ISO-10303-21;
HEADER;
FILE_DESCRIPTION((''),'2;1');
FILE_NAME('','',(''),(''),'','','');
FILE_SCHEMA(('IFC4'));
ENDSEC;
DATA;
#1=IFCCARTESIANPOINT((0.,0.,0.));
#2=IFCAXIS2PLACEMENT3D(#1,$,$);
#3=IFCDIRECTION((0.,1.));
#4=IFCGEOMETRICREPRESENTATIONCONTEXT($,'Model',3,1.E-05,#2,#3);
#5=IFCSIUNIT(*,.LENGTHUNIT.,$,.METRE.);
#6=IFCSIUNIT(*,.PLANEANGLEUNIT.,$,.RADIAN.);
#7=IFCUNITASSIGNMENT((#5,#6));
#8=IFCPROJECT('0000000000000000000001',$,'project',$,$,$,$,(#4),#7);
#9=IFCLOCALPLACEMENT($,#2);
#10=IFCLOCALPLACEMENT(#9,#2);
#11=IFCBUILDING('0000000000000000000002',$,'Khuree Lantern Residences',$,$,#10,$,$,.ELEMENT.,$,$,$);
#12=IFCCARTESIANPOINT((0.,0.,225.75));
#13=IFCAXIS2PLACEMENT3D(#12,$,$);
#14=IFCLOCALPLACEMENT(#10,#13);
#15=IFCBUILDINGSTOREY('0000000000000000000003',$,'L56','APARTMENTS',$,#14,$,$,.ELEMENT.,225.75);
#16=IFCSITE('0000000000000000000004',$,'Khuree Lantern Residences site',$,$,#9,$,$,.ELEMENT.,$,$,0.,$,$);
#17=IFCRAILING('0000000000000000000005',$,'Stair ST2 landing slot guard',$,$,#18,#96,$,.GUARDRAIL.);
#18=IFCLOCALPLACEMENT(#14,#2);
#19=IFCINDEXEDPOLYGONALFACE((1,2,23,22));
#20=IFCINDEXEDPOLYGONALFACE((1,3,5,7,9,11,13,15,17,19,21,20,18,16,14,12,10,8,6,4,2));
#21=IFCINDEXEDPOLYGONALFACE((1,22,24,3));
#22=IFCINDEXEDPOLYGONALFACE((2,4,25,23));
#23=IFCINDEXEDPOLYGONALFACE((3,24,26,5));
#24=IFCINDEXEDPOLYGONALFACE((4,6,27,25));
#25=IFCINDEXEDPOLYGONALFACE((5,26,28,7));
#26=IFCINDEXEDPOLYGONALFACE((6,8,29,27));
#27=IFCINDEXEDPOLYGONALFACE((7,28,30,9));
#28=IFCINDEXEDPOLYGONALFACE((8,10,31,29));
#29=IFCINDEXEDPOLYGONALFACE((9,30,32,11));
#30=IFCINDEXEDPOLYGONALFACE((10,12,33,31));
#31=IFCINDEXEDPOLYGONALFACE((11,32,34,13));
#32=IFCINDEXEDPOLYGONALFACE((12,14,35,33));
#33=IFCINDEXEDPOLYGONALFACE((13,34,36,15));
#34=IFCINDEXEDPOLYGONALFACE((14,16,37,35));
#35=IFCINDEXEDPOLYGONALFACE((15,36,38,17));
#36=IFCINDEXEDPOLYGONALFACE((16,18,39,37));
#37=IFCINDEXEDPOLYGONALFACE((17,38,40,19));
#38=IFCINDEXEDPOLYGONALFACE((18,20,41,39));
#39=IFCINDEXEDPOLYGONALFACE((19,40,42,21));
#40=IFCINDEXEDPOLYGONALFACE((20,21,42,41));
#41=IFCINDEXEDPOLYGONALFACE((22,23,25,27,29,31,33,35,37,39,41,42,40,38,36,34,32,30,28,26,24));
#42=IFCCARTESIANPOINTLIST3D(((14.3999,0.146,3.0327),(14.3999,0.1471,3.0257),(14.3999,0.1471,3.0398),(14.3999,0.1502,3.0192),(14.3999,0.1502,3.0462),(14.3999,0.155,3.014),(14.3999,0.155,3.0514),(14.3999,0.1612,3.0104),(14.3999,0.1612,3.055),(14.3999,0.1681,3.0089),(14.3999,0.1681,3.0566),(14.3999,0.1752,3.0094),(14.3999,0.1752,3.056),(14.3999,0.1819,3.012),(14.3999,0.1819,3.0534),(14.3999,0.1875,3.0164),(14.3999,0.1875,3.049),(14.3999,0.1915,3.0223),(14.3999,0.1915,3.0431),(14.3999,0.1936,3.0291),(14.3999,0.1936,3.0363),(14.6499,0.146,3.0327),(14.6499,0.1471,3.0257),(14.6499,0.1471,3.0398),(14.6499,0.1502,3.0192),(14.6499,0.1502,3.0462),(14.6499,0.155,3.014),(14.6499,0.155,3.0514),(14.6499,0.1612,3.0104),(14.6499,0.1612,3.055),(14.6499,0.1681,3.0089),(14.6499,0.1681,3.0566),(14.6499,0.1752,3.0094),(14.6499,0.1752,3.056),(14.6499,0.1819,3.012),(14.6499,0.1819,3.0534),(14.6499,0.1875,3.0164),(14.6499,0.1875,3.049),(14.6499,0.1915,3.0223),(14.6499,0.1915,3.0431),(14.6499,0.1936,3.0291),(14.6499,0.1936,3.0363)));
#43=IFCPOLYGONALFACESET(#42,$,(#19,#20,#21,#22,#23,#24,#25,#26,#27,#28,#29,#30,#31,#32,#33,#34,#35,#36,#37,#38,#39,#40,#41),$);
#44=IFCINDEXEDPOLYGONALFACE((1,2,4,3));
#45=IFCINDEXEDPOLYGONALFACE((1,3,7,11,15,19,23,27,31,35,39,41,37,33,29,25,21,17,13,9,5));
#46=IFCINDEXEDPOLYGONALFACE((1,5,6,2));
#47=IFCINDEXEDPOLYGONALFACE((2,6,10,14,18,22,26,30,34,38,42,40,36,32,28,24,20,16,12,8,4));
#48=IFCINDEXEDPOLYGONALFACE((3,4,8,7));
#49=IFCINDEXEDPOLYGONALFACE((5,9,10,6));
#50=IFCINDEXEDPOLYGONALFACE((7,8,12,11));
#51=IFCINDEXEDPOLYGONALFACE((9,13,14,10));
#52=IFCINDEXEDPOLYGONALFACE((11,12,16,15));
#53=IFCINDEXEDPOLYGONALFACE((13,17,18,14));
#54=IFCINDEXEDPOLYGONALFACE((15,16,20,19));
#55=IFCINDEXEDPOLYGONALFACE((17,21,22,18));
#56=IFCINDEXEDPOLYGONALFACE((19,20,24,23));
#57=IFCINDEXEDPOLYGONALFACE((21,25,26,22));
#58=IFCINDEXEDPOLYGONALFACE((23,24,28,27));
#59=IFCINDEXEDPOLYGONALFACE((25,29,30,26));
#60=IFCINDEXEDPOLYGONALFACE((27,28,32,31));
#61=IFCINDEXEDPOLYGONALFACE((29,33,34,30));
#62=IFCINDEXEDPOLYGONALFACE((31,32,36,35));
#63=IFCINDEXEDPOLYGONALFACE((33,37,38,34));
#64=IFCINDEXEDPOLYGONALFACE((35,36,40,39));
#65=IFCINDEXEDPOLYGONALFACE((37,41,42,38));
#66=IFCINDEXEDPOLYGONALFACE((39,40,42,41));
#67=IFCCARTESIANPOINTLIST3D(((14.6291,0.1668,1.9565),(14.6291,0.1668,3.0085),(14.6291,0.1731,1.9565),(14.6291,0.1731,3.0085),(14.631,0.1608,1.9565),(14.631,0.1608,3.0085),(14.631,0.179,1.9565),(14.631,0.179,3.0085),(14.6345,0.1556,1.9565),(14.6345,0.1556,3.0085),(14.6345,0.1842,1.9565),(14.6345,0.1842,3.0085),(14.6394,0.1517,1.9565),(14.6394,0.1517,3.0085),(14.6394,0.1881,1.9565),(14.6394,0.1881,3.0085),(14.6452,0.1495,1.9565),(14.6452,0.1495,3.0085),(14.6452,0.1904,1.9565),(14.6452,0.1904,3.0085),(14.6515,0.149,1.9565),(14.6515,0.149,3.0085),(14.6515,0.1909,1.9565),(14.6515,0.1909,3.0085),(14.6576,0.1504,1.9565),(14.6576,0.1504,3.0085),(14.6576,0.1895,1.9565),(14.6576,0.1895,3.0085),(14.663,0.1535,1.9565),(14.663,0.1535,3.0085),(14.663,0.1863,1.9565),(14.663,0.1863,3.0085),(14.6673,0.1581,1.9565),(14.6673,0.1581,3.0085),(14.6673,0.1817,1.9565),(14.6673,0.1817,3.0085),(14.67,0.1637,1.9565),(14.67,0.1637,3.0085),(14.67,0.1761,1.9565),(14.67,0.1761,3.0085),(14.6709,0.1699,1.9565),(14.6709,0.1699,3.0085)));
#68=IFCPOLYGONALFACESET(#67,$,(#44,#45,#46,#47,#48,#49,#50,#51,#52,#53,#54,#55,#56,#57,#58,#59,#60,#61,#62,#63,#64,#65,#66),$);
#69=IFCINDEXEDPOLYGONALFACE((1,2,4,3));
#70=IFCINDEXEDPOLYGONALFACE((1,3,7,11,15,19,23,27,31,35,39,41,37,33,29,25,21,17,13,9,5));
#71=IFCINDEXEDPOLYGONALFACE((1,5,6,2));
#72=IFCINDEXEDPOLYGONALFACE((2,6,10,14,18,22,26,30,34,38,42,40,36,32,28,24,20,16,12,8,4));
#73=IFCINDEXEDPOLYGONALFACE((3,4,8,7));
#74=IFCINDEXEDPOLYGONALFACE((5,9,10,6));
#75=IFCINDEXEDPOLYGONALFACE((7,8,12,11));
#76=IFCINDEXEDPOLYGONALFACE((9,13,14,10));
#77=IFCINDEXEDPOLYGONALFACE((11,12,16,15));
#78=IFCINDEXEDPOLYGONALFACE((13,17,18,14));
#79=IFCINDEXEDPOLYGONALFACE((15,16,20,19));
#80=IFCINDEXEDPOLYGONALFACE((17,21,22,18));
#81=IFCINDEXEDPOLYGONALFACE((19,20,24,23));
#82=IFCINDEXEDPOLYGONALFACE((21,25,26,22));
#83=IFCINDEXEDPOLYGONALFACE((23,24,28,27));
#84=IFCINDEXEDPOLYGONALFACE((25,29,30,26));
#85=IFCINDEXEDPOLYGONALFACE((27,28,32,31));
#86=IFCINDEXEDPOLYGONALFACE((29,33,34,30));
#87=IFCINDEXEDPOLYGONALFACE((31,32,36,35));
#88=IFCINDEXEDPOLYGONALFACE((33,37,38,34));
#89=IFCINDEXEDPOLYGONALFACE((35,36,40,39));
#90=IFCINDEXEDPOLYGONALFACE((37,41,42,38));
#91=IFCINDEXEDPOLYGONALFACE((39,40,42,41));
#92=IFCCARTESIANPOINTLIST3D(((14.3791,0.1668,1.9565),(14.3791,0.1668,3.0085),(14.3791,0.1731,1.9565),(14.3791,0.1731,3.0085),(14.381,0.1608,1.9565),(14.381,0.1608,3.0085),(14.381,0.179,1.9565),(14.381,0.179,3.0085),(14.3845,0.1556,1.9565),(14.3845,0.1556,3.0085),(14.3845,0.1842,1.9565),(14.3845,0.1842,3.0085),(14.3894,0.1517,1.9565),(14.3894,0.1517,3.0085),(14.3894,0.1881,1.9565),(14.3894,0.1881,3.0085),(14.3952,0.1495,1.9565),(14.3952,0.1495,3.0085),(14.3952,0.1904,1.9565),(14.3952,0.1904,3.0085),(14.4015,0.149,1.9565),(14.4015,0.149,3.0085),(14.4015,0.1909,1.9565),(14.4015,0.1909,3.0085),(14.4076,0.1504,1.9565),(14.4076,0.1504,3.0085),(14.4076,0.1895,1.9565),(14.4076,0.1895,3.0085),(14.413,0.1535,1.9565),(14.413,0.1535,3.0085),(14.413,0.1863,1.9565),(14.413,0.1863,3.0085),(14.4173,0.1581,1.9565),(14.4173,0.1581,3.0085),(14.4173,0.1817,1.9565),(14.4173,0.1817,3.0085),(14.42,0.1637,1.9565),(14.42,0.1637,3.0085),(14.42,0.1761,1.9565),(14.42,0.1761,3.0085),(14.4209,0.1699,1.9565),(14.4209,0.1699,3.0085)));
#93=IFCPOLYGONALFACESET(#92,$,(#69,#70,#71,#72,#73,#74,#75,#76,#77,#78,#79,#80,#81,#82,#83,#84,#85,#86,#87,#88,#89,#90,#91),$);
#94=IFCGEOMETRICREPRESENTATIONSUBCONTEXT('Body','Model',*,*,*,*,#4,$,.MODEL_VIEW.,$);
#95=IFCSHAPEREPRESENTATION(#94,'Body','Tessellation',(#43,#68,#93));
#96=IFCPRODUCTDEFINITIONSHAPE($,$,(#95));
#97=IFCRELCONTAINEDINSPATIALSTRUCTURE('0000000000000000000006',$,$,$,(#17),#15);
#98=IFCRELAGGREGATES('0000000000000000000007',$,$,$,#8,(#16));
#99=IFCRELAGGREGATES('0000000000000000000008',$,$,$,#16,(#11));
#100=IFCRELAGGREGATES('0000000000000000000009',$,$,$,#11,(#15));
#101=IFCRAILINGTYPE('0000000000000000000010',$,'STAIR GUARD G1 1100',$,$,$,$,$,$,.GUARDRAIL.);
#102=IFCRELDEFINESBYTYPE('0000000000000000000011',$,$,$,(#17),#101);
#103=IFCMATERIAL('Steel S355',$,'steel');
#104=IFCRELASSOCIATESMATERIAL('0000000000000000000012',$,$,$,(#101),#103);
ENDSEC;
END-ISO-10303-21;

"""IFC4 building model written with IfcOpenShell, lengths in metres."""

from ifc_helpers import new_model, si_unit, direction, frame, origin, origin_2d, place, context, subcontext, project, spatial, circle, extrude, material, type_object, element, save


model = new_model("IFC4")

# Units and contexts
model_context = context("Model", 3, precision=1e-05, world=origin(), true_north=direction((0.0, 1.0)))
body_context = subcontext(model_context, "Body", "Model", "MODEL_VIEW")
ifc_project = project(units=[si_unit("LENGTHUNIT", "METRE"), si_unit("PLANEANGLEUNIT", "RADIAN")], contexts=[model_context])

# Site, building, storey
site_placement = place(None, origin())
site = spatial("IfcSite", under=ifc_project, at=site_placement, Name="Khuree Lantern Residences site", CompositionType="ELEMENT", RefElevation=0.0)
building_placement = place(site_placement, origin())
building = spatial("IfcBuilding", under=site, at=building_placement, Name="Khuree Lantern Residences", CompositionType="ELEMENT")
storey_placement = place(building_placement, frame((0.0, 0.0, 225.75)))
storey = spatial("IfcBuildingStorey", under=building, at=storey_placement, Name="L56", Description="APARTMENTS", CompositionType="ELEMENT", Elevation=225.75)

# Railing
ifc_material_1 = material(Name="Steel S355", Category="steel")
railing_type = type_object("IfcRailingType", Name="STAIR GUARD G1 1100", PredefinedType="GUARDRAIL", material=ifc_material_1)
railing_placement = place(storey_placement, frame((14.6499, 0.1699, 1.9565)))
element("IfcRailing", 1, at=railing_placement, inside=storey, type_object=railing_type, Name="Stair ST2 landing slot guard", PredefinedType="GUARDRAIL", context=body_context, shape_type="SweptSolid", body=[
    extrude(circle(Radius=0.0239, at=origin_2d()), frame((0.0, 0.0, 1.0762), z_axis=(-1.0, 0.0, 0.0), x_axis=(0.0, -1.0, 0.0)), (0.0, 0.0, 1.0), 0.25),
    extrude(circle(Radius=0.021, at=origin_2d()), origin(), (0.0, 0.0, 1.0), 1.052),
    extrude(circle(Radius=0.021, at=origin_2d()), frame((-0.25, 0.0, 0.0)), (0.0, 0.0, 1.0), 1.052),
])

save(model, "model.ifc")
